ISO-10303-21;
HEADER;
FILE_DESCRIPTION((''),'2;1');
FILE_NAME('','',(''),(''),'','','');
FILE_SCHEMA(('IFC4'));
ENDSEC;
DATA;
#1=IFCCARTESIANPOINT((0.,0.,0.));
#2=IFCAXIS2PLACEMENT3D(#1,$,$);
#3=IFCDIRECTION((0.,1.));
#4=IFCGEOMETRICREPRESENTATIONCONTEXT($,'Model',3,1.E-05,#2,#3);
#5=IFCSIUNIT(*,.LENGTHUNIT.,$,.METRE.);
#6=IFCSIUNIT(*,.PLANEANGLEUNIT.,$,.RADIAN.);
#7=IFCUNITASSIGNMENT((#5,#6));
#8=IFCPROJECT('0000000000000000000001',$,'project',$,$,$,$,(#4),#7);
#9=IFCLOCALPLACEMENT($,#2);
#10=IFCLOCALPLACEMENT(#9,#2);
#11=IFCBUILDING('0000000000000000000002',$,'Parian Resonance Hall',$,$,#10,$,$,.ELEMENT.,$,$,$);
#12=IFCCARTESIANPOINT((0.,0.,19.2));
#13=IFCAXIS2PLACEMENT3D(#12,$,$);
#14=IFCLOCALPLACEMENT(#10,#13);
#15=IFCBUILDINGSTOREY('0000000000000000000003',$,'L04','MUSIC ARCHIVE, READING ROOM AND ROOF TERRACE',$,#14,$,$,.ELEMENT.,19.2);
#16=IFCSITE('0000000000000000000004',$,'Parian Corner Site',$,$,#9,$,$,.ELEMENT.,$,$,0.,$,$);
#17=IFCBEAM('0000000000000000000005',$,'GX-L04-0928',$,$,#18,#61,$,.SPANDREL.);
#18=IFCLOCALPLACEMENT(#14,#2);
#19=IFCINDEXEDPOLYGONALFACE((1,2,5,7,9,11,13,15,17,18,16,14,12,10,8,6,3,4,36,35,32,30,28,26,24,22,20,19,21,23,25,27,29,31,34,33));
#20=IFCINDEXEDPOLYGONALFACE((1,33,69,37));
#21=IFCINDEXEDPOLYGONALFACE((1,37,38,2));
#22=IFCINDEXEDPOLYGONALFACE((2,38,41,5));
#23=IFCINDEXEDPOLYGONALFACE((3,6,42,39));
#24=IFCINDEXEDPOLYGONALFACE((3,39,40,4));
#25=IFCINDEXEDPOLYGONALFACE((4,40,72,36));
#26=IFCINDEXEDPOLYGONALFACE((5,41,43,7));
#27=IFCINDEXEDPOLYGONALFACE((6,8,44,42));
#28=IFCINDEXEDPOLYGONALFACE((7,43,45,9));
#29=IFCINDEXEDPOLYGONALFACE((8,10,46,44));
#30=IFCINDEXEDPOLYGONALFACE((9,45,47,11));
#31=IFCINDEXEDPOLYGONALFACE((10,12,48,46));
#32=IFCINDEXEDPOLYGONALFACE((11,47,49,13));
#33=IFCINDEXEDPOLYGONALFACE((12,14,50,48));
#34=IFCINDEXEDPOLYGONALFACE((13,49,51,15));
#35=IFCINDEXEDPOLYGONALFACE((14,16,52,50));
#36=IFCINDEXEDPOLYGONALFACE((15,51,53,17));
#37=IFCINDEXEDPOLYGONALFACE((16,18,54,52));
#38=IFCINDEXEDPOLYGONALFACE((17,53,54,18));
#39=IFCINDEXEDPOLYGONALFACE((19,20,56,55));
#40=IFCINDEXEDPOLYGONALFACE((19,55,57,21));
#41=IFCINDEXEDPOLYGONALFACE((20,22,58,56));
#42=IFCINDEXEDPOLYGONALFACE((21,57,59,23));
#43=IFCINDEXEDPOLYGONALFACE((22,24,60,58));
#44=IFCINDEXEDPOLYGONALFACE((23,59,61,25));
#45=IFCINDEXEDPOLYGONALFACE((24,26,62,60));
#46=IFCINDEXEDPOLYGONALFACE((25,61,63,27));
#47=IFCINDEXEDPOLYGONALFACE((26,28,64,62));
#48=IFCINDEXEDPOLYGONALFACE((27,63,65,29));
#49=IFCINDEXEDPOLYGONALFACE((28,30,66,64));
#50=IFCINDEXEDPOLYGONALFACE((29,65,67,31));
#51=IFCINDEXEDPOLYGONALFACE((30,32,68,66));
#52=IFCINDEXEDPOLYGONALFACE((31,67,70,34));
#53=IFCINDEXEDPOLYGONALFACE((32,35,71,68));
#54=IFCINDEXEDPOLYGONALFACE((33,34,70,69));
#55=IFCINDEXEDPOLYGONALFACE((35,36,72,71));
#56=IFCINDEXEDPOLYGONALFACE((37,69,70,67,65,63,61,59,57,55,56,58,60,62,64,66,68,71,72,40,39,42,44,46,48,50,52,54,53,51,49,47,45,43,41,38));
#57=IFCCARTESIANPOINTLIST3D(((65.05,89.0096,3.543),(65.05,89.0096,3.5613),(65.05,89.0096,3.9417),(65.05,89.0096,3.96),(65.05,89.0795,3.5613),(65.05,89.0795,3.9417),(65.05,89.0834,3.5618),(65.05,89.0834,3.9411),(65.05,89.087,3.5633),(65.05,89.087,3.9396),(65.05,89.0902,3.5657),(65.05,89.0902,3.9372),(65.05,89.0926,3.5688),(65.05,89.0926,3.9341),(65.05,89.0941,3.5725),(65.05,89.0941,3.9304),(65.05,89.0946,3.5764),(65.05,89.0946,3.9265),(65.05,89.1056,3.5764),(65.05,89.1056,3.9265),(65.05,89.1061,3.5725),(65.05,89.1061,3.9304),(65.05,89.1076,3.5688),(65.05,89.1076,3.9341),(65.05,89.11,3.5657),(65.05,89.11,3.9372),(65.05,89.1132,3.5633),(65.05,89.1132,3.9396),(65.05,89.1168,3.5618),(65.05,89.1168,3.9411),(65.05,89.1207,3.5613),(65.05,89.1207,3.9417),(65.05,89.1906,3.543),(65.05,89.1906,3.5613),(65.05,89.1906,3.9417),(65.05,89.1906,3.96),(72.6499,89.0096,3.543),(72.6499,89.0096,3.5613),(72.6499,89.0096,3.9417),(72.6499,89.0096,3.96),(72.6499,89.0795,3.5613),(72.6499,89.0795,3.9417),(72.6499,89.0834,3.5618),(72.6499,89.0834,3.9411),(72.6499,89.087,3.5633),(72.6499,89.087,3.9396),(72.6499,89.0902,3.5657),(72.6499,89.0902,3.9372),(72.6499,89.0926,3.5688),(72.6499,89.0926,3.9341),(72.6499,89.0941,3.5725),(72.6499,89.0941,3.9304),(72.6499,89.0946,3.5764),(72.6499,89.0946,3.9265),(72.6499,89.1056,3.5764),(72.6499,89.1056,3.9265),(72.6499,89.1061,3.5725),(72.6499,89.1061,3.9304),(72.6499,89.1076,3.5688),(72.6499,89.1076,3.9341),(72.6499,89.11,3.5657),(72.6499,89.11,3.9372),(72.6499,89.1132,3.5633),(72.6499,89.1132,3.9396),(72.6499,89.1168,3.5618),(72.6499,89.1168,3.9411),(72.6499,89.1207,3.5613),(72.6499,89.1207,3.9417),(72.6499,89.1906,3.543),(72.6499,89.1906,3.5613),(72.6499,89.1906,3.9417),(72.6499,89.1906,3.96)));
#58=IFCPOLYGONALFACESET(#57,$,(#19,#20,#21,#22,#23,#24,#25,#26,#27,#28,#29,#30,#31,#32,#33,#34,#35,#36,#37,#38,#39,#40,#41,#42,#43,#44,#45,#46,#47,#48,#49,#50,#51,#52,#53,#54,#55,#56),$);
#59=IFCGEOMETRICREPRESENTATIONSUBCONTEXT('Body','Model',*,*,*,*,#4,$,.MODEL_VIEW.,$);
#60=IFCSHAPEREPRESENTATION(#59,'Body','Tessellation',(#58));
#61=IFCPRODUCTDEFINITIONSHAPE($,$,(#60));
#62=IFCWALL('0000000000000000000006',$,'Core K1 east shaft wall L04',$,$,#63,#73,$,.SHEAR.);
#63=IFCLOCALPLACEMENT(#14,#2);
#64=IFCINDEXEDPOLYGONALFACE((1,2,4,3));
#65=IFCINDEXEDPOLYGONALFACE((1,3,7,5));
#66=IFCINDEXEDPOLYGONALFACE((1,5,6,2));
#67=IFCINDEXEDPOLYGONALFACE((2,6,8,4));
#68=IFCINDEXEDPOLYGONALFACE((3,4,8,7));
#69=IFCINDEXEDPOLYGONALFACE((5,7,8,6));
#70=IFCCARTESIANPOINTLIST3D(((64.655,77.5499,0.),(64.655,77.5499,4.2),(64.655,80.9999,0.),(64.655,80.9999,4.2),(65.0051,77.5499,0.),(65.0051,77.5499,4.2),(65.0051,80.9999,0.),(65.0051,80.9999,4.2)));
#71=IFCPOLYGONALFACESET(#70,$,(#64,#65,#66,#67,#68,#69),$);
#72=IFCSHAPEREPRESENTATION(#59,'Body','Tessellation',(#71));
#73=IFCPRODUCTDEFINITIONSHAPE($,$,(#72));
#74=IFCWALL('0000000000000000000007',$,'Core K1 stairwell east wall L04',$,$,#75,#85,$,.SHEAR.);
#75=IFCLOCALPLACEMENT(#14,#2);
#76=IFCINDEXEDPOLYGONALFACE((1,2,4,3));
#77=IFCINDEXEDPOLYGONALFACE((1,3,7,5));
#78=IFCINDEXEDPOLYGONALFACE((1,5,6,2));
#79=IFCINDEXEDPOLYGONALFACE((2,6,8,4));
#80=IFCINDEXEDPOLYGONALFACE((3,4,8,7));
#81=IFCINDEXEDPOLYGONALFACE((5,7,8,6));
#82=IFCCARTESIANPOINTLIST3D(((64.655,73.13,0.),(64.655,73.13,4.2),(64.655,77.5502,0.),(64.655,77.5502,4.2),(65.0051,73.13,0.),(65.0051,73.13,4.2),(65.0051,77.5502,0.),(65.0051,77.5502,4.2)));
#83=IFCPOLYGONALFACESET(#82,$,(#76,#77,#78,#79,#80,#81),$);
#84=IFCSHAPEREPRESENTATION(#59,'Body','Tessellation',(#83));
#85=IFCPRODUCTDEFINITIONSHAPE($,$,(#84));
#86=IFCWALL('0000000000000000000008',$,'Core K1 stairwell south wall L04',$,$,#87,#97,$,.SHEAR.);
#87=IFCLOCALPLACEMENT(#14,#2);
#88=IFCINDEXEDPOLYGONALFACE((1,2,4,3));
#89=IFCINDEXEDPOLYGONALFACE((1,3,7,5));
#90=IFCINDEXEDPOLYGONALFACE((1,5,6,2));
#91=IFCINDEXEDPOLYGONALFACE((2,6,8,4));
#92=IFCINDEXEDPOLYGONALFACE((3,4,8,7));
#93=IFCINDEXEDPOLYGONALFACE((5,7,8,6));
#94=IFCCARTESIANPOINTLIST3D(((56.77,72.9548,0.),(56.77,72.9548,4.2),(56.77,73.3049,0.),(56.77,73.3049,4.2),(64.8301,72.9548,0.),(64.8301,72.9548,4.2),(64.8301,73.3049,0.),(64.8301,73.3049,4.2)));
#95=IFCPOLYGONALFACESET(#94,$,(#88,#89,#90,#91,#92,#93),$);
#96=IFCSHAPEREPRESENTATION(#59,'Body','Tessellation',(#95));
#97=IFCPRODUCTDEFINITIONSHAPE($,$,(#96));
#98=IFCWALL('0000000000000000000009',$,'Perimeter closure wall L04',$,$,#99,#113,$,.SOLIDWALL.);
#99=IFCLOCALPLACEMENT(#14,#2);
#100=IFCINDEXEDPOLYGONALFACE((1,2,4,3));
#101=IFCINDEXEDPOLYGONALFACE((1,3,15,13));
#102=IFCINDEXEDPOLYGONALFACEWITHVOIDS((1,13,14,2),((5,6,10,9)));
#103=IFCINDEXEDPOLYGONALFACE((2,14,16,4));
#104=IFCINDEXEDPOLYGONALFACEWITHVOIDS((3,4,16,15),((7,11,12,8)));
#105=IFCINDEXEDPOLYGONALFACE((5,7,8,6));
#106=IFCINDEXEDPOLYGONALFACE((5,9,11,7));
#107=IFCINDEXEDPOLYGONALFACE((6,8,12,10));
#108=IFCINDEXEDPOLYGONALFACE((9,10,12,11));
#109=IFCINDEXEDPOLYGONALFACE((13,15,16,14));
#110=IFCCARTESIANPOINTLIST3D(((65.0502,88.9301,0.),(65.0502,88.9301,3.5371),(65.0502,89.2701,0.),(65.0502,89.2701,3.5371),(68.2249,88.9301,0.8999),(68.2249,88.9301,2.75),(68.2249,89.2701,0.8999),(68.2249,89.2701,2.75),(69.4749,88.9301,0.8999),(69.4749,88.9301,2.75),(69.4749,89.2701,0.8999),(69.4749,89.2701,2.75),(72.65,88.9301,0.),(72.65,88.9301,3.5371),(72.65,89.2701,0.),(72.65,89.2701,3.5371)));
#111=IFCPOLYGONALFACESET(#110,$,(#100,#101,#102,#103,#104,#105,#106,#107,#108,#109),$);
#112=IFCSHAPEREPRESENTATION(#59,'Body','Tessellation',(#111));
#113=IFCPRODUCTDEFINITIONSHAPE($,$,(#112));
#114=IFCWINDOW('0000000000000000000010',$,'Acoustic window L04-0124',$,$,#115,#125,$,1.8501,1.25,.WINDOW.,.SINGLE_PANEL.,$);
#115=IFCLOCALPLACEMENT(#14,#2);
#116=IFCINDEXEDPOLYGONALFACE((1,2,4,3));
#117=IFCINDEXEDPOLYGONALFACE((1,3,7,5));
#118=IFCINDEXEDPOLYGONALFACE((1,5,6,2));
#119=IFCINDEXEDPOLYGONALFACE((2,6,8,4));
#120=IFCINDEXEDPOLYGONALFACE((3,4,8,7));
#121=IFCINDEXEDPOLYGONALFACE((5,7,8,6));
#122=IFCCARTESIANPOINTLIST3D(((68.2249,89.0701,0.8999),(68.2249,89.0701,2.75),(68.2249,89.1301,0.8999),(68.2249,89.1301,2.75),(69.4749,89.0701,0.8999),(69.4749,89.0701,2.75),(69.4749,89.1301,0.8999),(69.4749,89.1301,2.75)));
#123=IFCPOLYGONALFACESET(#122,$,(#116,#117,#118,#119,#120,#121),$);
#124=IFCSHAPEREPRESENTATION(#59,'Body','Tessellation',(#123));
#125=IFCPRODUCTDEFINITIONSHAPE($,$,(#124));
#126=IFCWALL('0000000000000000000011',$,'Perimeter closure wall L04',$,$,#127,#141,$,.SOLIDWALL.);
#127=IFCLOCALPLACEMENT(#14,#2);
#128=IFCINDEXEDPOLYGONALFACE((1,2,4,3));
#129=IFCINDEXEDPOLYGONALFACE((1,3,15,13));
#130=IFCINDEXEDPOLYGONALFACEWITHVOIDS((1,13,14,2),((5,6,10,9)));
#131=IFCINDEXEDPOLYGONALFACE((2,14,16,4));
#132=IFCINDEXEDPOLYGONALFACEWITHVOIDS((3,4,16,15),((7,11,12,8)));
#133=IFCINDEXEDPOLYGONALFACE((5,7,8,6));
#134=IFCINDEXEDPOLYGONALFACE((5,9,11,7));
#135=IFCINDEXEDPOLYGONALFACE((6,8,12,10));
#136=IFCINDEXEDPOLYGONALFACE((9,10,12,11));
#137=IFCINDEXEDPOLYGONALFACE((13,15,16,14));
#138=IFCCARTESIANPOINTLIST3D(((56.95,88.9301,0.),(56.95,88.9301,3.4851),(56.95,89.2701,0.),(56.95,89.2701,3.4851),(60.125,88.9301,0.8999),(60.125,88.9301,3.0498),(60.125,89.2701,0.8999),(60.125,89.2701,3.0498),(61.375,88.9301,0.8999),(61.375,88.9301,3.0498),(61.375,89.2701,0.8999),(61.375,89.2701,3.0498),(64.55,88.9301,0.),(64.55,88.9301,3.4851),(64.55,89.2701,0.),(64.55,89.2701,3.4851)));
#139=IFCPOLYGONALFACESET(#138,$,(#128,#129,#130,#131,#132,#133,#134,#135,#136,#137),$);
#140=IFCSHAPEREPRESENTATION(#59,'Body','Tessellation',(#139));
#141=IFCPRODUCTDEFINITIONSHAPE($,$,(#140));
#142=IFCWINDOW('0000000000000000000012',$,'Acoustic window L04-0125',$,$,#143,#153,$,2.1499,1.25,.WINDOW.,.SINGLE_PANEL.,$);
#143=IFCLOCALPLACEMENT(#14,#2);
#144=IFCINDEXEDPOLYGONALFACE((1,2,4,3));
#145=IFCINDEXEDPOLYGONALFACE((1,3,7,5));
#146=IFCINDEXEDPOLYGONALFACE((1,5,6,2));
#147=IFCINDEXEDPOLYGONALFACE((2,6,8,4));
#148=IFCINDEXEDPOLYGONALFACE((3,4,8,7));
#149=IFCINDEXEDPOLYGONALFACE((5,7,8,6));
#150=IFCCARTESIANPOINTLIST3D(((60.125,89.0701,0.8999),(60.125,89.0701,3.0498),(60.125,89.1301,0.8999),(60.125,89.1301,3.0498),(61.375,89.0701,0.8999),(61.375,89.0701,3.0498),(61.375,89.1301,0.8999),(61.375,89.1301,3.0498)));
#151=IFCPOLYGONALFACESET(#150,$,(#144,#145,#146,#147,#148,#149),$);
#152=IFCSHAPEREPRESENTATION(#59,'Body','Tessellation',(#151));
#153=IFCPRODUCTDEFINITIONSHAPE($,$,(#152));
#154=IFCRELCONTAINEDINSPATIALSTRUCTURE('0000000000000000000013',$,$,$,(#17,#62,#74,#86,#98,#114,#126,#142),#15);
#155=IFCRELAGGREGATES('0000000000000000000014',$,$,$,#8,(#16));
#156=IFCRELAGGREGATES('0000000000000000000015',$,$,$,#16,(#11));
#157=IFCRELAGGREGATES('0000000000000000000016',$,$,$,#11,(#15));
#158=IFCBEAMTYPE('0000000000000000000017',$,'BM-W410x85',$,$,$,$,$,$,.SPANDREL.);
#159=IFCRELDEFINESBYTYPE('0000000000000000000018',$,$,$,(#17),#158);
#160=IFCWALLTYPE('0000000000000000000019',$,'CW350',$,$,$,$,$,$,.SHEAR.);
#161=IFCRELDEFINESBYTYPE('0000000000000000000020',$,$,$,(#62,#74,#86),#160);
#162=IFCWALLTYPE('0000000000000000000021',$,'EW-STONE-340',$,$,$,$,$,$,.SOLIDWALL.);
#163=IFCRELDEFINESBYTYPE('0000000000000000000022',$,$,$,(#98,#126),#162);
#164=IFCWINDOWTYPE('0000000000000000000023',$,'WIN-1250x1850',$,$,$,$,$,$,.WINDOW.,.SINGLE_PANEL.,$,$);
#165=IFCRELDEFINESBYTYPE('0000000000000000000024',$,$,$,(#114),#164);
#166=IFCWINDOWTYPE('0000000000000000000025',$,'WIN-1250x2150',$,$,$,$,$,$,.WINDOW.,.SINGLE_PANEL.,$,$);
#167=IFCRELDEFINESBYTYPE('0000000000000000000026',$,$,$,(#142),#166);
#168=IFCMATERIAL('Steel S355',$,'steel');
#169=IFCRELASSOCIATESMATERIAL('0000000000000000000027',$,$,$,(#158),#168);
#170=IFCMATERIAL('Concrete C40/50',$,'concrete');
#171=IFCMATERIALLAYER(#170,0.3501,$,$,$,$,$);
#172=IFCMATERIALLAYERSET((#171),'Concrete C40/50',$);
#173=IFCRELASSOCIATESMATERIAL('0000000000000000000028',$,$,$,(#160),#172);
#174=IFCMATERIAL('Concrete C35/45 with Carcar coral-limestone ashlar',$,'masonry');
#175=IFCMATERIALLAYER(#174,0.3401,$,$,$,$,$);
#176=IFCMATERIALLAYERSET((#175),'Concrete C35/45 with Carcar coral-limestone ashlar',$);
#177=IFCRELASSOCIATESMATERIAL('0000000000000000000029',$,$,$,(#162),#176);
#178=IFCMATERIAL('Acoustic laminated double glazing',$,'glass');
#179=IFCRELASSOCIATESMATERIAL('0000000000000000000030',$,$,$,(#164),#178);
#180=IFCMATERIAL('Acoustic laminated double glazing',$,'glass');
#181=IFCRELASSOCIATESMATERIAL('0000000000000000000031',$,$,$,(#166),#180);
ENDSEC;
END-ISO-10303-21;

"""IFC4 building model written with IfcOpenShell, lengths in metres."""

from ifc_helpers import new_model, si_unit, direction, frame, frame_2d, origin, origin_2d, place, context, subcontext, project, spatial, rectangle, i_section, extrude, material, layer, layer_set, material_profile, profile_set, type_object, element, fill, save


model = new_model("IFC4")

# Units and contexts
model_context = context("Model", 3, precision=1e-05, world=origin(), true_north=direction((0.0, 1.0)))
body_context = subcontext(model_context, "Body", "Model", "MODEL_VIEW")
ifc_project = project(units=[si_unit("LENGTHUNIT", "METRE"), si_unit("PLANEANGLEUNIT", "RADIAN")], contexts=[model_context])

# Site, building, storey
site_placement = place(None, origin())
site = spatial("IfcSite", under=ifc_project, at=site_placement, Name="Parian Corner Site", CompositionType="ELEMENT", RefElevation=0.0)
building_placement = place(site_placement, origin())
building = spatial("IfcBuilding", under=site, at=building_placement, Name="Parian Resonance Hall", CompositionType="ELEMENT")
storey_placement = place(building_placement, frame((0.0, 0.0, 19.2)))
storey = spatial("IfcBuildingStorey", under=building, at=storey_placement, Name="L04", Description="MUSIC ARCHIVE, READING ROOM AND ROOF TERRACE", CompositionType="ELEMENT", Elevation=19.2)

# Beam
ifc_material_1 = material(Name="Steel S355", Category="steel")
ifc_material_profile_1 = material_profile(ifc_material_1, i_section(OverallWidth=0.1809, OverallDepth=0.417, WebThickness=0.011, FlangeThickness=0.0183, FilletRadius=0.0151, at=origin_2d()), Name="W410x85")
ifc_profile_set_1 = profile_set([ifc_material_profile_1], Name="Steel S355")
beam_type_1 = type_object("IfcBeamType", Name="BM-W410x85", PredefinedType="SPANDREL", material=ifc_profile_set_1)
beam_1_placement = place(storey_placement, frame((65.05, 89.1001, 3.7515), z_axis=(1.0, 0.0, 0.0), x_axis=(0.0, 1.0, 0.0)))
element("IfcBeam", 1, at=beam_1_placement, inside=storey, type_object=beam_type_1, Name="GX-L04-0928", PredefinedType="SPANDREL", context=body_context, shape_type="SweptSolid", body=[
    extrude(i_section(OverallWidth=0.1809, OverallDepth=0.417, WebThickness=0.011, FlangeThickness=0.0183, FilletRadius=0.0151, at=origin_2d()), origin(), (0.0, 0.0, 1.0), 7.5999),
])

# Walls
ifc_material_2 = material(Name="Concrete C40/50", Category="concrete")
ifc_layer_1 = layer(ifc_material_2, 0.3501)
ifc_layer_set_1 = layer_set([ifc_layer_1], Name="Concrete C40/50")
wall_type_1 = type_object("IfcWallType", Name="CW350", PredefinedType="SHEAR", material=ifc_layer_set_1)
wall_1_placement = place(storey_placement, frame((64.8301, 81.0, 0.0), z_axis=(0.0, 0.0, 1.0), x_axis=(0.0, -1.0, 0.0)))
element("IfcWall", 2, at=wall_1_placement, inside=storey, type_object=wall_type_1, Name="Core K1 east shaft wall L04", PredefinedType="SHEAR", context=body_context, shape_type="SweptSolid", body=[
    extrude(rectangle(XDim=3.45, YDim=0.3501, at=frame_2d((1.7251, 0.0))), origin(), (0.0, 0.0, 1.0), 4.2),
])
wall_2_placement = place(storey_placement, frame((64.8301, 77.55, 0.0), z_axis=(0.0, 0.0, 1.0), x_axis=(0.0, -1.0, 0.0)))
element("IfcWall", 3, at=wall_2_placement, inside=storey, type_object=wall_type_1, Name="Core K1 stairwell east wall L04", PredefinedType="SHEAR", context=body_context, shape_type="SweptSolid", body=[
    extrude(rectangle(XDim=4.4202, YDim=0.3501, at=frame_2d((2.21, 0.0))), origin(), (0.0, 0.0, 1.0), 4.2),
])
wall_3_placement = place(storey_placement, frame((64.8301, 73.1299, 0.0), z_axis=(0.0, 0.0, 1.0), x_axis=(-1.0, 0.0, 0.0)))
element("IfcWall", 4, at=wall_3_placement, inside=storey, type_object=wall_type_1, Name="Core K1 stairwell south wall L04", PredefinedType="SHEAR", context=body_context, shape_type="SweptSolid", body=[
    extrude(rectangle(XDim=8.0601, YDim=0.3501, at=frame_2d((4.03, 0.0))), origin(), (0.0, 0.0, 1.0), 4.2),
])

# Walls, openings, windows
ifc_material_3 = material(Name="Concrete C35/45 with Carcar coral-limestone ashlar", Category="masonry")
ifc_layer_2 = layer(ifc_material_3, 0.3401)
ifc_layer_set_2 = layer_set([ifc_layer_2], Name="Concrete C35/45 with Carcar coral-limestone ashlar")
wall_type_2 = type_object("IfcWallType", Name="EW-STONE-340", PredefinedType="SOLIDWALL", material=ifc_layer_set_2)
wall_4_placement = place(storey_placement, frame((72.6499, 89.1001, 0.0), z_axis=(0.0, 0.0, 1.0), x_axis=(-1.0, 0.0, 0.0)))
wall_4 = element("IfcWall", 5, at=wall_4_placement, inside=storey, type_object=wall_type_2, Name="Perimeter closure wall L04", PredefinedType="SOLIDWALL", context=body_context, shape_type="SweptSolid", body=[
    extrude(rectangle(XDim=7.5999, YDim=0.3401, at=frame_2d((3.7998, 0.0))), origin(), (0.0, 0.0, 1.0), 3.5371),
])
opening_1_placement = place(wall_4_placement, frame((3.175, 0.0, 0.8999)))
opening_1 = element("IfcOpeningElement", 6, at=opening_1_placement, cuts=wall_4, PredefinedType="OPENING", context=body_context, shape_type="SweptSolid", body=[
    extrude(rectangle(XDim=1.25, YDim=1.8501, at=frame_2d((0.625, 0.925))), frame((0.0, 0.1799, 0.0), z_axis=(0.0, -1.0, 0.0), x_axis=(1.0, 0.0, 0.0)), (0.0, 0.0, 1.0), 0.3601),
])
ifc_material_4 = material(Name="Acoustic laminated double glazing", Category="glass")
window_type_1 = type_object("IfcWindowType", Name="WIN-1250x1850", PartitioningType="SINGLE_PANEL", PredefinedType="WINDOW", material=ifc_material_4)
window_1_placement = place(opening_1_placement, origin())
window_1 = element("IfcWindow", 7, at=window_1_placement, inside=storey, type_object=window_type_1, Name="Acoustic window L04-0124", OverallHeight=1.8501, OverallWidth=1.25, PartitioningType="SINGLE_PANEL", PredefinedType="WINDOW", context=body_context, shape_type="SweptSolid", body=[
    extrude(rectangle(XDim=1.25, YDim=1.8501, at=frame_2d((0.625, 0.925))), frame((0.0, 0.03, 0.0), z_axis=(0.0, -1.0, 0.0), x_axis=(1.0, 0.0, 0.0)), (0.0, 0.0, 1.0), 0.0601),
])
fill(opening_1, window_1)
wall_5_placement = place(storey_placement, frame((64.55, 89.1001, 0.0), z_axis=(0.0, 0.0, 1.0), x_axis=(-1.0, 0.0, 0.0)))
wall_5 = element("IfcWall", 8, at=wall_5_placement, inside=storey, type_object=wall_type_2, Name="Perimeter closure wall L04", PredefinedType="SOLIDWALL", context=body_context, shape_type="SweptSolid", body=[
    extrude(rectangle(XDim=7.6001, YDim=0.3401, at=frame_2d((3.8, 0.0))), origin(), (0.0, 0.0, 1.0), 3.4851),
])
opening_2_placement = place(wall_5_placement, frame((3.175, 0.0, 0.8999)))
opening_2 = element("IfcOpeningElement", 9, at=opening_2_placement, cuts=wall_5, PredefinedType="OPENING", context=body_context, shape_type="SweptSolid", body=[
    extrude(rectangle(XDim=1.25, YDim=2.1499, at=frame_2d((0.625, 1.075))), frame((0.0, 0.1799, 0.0), z_axis=(0.0, -1.0, 0.0), x_axis=(1.0, 0.0, 0.0)), (0.0, 0.0, 1.0), 0.3601),
])
ifc_material_5 = material(Name="Acoustic laminated double glazing", Category="glass")
window_type_2 = type_object("IfcWindowType", Name="WIN-1250x2150", PartitioningType="SINGLE_PANEL", PredefinedType="WINDOW", material=ifc_material_5)
window_2_placement = place(opening_2_placement, origin())
window_2 = element("IfcWindow", 10, at=window_2_placement, inside=storey, type_object=window_type_2, Name="Acoustic window L04-0125", OverallHeight=2.1499, OverallWidth=1.25, PartitioningType="SINGLE_PANEL", PredefinedType="WINDOW", context=body_context, shape_type="SweptSolid", body=[
    extrude(rectangle(XDim=1.25, YDim=2.1499, at=frame_2d((0.625, 1.075))), frame((0.0, 0.03, 0.0), z_axis=(0.0, -1.0, 0.0), x_axis=(1.0, 0.0, 0.0)), (0.0, 0.0, 1.0), 0.0601),
])
fill(opening_2, window_2)

save(model, "model.ifc")
